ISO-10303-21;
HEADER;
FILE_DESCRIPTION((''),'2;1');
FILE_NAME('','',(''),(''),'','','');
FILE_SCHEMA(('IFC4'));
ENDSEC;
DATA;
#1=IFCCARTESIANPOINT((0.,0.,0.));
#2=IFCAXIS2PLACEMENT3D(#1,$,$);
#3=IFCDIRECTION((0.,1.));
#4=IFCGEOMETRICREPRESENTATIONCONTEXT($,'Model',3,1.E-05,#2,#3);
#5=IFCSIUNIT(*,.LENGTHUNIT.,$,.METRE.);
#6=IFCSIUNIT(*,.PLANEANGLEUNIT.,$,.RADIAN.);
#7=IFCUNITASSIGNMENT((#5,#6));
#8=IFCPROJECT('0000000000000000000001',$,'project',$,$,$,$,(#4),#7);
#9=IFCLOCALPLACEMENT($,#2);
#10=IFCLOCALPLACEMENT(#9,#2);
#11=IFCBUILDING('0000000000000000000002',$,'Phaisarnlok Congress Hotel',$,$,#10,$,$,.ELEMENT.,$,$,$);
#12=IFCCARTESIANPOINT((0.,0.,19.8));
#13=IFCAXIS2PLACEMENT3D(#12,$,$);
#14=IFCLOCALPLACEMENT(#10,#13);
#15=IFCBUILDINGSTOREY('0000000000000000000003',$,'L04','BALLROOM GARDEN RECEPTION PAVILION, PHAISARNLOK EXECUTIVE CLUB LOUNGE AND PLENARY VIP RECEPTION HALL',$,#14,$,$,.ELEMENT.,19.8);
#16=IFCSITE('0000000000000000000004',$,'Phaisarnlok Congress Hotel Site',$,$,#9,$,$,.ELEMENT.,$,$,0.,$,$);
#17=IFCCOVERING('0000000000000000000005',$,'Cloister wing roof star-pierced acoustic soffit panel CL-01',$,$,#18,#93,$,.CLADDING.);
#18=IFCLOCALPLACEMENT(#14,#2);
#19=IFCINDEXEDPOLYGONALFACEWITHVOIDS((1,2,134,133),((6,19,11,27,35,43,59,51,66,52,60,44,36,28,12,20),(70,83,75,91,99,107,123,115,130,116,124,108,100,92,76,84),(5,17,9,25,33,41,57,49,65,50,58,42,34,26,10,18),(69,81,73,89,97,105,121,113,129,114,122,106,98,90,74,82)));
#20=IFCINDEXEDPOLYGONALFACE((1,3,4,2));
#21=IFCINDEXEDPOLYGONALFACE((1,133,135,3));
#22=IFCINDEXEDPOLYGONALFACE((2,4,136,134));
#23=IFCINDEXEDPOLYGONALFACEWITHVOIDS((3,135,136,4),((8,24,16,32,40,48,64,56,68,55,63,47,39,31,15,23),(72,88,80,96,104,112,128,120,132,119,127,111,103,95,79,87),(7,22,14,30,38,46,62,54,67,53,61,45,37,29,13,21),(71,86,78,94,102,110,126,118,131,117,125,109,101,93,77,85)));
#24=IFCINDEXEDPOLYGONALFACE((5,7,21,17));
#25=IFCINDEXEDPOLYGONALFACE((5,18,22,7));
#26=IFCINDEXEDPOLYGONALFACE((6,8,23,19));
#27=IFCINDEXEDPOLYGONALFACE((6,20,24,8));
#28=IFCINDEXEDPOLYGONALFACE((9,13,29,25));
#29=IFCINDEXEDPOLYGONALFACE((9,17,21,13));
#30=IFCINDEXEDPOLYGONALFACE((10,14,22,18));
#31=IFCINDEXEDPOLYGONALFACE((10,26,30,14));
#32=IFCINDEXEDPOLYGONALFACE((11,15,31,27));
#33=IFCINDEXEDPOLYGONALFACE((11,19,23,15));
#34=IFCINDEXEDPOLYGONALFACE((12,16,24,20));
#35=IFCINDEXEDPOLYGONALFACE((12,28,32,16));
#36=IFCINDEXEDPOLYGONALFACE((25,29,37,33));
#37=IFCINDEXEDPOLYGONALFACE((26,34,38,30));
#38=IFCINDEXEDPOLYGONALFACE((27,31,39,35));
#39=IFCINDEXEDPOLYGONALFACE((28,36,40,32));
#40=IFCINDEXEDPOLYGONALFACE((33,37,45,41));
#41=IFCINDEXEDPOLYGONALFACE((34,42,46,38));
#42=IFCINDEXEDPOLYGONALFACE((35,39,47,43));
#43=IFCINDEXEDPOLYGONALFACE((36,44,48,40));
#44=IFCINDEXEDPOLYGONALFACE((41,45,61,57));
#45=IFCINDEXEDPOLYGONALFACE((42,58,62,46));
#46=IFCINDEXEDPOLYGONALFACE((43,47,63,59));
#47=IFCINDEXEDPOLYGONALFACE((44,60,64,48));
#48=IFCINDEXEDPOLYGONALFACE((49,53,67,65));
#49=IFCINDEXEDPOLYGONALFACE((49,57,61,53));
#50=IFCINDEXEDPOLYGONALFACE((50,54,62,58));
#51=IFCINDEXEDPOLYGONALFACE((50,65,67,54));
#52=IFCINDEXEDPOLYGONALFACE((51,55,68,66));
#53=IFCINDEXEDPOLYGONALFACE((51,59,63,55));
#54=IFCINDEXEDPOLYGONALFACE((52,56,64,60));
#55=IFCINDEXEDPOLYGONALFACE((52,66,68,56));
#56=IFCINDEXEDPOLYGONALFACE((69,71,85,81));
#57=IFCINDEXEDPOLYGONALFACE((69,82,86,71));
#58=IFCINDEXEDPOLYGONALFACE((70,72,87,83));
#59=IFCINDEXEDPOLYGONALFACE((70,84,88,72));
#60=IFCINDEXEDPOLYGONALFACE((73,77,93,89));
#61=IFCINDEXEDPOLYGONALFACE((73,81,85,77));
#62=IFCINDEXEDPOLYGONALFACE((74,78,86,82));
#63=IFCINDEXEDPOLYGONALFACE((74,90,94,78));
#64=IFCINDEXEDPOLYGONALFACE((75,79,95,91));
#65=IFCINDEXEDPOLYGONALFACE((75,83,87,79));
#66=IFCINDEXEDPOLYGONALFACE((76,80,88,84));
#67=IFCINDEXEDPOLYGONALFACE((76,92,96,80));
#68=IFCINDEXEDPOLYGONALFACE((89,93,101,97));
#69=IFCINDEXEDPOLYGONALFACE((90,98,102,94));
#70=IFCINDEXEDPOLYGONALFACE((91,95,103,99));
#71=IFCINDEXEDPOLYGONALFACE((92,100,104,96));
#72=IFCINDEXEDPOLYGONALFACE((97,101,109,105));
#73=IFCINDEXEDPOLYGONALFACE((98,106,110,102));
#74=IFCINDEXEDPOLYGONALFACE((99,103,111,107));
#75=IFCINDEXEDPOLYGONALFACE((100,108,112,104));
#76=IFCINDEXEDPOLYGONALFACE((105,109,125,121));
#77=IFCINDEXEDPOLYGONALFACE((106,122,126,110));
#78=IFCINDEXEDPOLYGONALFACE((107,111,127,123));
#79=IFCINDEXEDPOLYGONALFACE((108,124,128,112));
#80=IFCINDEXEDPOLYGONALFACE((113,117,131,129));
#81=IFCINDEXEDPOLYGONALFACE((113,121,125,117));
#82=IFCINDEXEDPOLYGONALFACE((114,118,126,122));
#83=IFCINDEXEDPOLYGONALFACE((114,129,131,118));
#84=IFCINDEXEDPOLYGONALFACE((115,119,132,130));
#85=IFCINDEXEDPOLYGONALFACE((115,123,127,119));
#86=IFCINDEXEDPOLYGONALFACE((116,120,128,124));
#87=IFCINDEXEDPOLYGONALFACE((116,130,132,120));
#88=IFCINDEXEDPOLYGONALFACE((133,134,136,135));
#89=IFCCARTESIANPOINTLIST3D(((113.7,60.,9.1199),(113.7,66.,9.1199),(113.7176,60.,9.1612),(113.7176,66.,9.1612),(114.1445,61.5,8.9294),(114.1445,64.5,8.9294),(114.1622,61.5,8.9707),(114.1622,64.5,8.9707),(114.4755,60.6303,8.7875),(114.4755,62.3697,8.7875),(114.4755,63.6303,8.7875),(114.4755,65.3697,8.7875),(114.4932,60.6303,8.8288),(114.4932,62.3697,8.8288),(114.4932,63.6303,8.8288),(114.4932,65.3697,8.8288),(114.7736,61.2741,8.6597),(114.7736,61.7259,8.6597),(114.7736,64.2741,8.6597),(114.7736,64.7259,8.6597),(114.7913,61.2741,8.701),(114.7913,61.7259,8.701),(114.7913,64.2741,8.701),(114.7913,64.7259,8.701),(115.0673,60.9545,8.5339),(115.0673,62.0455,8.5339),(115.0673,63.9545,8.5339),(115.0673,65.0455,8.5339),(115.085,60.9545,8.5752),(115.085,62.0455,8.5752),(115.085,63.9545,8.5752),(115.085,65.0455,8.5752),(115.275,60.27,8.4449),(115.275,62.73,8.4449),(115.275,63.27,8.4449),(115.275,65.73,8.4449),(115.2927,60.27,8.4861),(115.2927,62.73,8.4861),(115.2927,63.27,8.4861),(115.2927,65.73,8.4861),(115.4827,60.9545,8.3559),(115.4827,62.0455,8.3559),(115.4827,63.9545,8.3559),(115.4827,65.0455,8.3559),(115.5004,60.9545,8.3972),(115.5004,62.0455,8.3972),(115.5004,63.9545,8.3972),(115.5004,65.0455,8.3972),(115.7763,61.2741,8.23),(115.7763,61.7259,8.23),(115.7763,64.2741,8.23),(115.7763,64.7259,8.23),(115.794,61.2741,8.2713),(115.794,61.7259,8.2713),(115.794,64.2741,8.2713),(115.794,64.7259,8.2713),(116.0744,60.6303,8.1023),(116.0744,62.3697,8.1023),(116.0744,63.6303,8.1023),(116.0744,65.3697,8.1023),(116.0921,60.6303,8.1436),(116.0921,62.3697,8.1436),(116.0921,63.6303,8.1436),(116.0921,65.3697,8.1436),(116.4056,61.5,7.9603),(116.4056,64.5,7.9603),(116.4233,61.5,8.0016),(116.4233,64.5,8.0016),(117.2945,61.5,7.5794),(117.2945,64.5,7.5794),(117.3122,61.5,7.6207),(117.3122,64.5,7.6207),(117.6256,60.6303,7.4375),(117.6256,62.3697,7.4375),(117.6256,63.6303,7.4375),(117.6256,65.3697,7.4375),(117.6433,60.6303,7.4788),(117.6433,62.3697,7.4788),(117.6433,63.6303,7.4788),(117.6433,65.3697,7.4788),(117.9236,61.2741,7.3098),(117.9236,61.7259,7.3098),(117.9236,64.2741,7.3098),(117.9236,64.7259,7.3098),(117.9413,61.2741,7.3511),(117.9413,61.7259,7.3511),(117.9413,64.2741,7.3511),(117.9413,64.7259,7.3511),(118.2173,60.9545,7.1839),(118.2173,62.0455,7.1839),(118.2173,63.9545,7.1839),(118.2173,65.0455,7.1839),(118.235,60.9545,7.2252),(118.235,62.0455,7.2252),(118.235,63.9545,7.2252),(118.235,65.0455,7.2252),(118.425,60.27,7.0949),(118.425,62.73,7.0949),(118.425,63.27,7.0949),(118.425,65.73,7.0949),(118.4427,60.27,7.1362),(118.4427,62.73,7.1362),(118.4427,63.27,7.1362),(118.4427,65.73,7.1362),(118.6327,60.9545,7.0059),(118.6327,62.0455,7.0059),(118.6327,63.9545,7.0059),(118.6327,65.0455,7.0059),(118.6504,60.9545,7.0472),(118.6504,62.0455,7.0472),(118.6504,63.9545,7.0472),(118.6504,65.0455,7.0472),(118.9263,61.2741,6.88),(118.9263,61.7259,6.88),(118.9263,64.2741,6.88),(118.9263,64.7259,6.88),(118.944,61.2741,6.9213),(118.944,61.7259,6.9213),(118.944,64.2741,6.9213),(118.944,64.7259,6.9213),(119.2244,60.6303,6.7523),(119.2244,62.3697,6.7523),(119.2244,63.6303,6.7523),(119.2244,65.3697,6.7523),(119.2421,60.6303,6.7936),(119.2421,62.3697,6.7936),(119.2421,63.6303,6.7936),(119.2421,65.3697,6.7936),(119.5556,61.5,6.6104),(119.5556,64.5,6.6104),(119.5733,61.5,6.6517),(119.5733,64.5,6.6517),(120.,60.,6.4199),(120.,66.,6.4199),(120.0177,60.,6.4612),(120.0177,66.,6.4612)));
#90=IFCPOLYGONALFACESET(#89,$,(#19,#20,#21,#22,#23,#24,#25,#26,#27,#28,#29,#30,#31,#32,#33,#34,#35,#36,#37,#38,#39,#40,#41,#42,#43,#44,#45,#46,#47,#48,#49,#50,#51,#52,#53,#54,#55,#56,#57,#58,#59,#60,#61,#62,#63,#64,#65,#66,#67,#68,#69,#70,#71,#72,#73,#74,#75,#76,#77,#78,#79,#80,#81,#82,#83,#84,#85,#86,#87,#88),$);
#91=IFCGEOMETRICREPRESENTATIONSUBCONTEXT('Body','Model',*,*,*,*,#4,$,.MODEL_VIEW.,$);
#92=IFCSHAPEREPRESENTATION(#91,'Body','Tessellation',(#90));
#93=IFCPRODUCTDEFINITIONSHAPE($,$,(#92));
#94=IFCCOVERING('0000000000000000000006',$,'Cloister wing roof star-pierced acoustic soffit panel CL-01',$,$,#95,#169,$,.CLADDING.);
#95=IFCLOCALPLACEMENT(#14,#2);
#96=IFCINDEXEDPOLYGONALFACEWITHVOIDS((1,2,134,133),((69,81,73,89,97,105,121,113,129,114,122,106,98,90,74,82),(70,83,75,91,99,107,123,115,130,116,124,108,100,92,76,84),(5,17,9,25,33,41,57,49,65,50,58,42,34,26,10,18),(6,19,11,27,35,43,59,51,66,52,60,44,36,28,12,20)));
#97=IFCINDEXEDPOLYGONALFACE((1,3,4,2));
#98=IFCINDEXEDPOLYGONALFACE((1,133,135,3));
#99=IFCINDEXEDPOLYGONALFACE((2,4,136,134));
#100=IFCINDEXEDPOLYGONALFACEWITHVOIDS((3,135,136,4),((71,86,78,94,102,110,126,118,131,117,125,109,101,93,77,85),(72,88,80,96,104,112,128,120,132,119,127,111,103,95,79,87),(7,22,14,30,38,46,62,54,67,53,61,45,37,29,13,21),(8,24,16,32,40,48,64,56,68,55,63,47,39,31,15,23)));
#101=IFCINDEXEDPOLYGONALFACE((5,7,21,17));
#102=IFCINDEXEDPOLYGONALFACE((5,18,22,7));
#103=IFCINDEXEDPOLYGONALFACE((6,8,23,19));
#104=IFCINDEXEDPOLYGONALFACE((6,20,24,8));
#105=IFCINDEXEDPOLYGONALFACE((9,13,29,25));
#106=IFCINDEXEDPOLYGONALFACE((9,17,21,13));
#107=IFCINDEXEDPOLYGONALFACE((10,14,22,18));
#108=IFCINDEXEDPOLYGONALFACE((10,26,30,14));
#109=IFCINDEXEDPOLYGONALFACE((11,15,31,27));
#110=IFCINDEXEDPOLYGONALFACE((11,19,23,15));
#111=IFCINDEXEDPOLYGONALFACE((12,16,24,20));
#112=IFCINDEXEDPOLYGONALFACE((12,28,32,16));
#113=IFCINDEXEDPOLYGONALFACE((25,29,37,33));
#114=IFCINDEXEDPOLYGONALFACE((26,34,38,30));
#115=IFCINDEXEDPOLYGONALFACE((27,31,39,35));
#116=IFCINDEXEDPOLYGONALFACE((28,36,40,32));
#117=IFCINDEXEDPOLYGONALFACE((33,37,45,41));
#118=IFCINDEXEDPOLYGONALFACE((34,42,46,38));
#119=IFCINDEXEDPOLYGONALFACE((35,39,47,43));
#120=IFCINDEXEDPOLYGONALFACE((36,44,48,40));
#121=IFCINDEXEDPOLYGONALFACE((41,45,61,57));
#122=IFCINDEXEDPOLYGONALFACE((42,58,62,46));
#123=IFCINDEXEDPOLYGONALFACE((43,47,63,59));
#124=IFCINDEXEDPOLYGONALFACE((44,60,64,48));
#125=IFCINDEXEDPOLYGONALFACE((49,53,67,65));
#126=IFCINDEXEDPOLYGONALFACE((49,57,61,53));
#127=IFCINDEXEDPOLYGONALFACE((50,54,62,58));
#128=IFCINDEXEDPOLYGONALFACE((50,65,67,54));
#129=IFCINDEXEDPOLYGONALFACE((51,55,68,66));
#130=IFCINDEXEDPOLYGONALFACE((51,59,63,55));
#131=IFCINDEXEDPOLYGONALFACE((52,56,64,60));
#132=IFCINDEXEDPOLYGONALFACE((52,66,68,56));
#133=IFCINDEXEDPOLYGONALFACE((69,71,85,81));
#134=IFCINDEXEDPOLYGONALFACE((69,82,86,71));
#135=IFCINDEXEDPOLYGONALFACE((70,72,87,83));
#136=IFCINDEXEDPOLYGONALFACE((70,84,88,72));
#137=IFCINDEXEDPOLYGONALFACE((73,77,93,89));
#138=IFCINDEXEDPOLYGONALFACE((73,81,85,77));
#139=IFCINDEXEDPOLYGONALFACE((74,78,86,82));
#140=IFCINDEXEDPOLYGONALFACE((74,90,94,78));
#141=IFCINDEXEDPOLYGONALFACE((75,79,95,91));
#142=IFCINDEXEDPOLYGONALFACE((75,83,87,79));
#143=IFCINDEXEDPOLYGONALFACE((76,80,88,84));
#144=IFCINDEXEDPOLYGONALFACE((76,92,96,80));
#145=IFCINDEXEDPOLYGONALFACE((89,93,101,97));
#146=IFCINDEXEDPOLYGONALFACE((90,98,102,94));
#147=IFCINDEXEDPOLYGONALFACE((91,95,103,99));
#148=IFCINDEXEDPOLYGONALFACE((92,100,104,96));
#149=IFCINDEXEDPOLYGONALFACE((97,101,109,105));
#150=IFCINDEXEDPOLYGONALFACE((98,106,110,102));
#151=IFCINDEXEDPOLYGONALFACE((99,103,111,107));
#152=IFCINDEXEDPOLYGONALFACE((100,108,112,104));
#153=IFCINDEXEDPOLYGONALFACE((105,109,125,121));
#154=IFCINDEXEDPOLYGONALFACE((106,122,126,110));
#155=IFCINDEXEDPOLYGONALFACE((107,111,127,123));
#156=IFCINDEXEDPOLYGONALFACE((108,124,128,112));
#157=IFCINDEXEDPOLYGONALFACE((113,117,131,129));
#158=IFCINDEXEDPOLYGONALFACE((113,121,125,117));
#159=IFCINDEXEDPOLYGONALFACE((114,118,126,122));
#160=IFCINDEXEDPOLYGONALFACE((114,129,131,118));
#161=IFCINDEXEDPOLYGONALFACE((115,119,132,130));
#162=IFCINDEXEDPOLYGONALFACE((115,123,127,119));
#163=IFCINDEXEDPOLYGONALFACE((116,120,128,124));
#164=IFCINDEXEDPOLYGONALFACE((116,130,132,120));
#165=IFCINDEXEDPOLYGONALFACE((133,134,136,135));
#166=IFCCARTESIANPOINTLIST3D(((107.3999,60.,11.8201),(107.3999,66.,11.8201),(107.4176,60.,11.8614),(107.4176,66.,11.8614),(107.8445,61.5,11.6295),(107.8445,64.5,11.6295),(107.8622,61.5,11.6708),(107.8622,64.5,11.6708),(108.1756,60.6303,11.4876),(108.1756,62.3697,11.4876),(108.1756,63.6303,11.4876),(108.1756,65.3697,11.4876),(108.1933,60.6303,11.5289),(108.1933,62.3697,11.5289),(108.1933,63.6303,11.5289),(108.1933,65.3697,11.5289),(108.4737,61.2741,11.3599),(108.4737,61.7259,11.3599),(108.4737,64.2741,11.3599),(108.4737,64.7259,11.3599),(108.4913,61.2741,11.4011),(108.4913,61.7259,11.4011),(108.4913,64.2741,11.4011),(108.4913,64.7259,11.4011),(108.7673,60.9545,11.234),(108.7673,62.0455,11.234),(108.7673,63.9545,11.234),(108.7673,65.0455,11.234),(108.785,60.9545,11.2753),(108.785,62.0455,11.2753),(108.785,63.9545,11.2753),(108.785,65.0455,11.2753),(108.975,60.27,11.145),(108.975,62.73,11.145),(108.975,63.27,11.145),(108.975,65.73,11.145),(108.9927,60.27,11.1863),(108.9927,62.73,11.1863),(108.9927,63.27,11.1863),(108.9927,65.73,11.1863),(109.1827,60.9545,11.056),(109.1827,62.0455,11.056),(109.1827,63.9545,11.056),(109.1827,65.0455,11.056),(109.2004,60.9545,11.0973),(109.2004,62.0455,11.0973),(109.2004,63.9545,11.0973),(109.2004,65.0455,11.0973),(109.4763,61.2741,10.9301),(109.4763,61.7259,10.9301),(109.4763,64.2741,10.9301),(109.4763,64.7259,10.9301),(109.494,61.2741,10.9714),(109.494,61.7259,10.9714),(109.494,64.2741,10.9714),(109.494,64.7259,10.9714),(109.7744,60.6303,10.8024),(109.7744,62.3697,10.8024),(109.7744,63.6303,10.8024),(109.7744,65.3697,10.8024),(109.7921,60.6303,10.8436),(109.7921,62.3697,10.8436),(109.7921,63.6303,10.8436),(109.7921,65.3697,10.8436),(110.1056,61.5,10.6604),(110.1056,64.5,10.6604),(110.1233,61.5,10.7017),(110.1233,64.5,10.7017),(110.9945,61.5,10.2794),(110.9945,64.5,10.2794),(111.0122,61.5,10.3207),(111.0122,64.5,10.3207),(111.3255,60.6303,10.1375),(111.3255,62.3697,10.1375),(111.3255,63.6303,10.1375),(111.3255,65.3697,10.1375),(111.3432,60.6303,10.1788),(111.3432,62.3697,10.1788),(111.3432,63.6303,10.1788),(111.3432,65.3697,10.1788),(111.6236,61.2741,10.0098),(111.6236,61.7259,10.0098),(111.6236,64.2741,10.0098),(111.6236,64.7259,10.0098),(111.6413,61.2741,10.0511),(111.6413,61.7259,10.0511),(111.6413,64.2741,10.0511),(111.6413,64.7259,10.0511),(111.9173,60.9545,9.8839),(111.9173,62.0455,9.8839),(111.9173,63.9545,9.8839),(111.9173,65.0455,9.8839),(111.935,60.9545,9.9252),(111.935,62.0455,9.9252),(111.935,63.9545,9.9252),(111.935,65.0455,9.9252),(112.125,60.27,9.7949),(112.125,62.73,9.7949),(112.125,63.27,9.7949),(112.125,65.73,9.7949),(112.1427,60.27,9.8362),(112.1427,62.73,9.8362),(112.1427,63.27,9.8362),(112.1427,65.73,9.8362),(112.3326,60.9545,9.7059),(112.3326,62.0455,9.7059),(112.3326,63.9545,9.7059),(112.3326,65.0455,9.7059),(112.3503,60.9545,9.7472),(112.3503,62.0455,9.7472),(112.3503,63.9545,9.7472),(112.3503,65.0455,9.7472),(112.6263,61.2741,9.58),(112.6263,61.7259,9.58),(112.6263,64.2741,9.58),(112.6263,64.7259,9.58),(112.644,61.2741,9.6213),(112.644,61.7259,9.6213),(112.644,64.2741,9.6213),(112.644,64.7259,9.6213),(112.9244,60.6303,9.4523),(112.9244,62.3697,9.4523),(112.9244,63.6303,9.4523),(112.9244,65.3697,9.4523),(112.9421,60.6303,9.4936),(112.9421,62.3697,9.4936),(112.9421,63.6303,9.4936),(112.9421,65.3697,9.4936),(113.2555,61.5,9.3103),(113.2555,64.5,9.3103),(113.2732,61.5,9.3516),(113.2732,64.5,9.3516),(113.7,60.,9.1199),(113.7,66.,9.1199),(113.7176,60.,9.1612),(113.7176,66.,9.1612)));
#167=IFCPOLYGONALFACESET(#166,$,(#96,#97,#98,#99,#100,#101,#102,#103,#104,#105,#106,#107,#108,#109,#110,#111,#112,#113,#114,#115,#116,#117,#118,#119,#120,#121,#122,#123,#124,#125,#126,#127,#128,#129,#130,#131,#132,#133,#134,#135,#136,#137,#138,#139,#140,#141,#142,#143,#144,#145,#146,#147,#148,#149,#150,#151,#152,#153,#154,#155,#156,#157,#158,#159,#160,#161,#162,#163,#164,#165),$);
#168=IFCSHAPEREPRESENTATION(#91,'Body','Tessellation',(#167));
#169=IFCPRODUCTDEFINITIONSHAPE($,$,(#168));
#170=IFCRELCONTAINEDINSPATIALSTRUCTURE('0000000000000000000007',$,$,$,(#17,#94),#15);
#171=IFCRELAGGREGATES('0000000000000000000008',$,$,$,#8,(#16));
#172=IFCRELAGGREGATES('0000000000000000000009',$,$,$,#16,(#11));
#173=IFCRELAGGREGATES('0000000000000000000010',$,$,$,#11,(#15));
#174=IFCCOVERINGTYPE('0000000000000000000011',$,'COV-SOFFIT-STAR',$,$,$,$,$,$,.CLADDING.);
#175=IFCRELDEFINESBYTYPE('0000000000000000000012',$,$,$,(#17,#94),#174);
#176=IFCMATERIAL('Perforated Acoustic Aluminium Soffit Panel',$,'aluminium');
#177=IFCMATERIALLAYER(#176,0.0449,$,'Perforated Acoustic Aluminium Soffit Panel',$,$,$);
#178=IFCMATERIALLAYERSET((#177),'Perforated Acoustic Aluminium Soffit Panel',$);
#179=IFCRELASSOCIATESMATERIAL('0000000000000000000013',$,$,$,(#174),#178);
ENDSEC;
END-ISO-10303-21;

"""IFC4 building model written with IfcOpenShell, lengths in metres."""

from ifc_helpers import new_model, si_unit, direction, frame, origin, place, context, subcontext, project, spatial, polyline, outline, extrude, material, layer, layer_set, type_object, element, save


model = new_model("IFC4")

# Units and contexts
model_context = context("Model", 3, precision=1e-05, world=origin(), true_north=direction((0.0, 1.0)))
body_context = subcontext(model_context, "Body", "Model", "MODEL_VIEW")
ifc_project = project(units=[si_unit("LENGTHUNIT", "METRE"), si_unit("PLANEANGLEUNIT", "RADIAN")], contexts=[model_context])

# Site, building, storey
site_placement = place(None, origin())
site = spatial("IfcSite", under=ifc_project, at=site_placement, Name="Phaisarnlok Congress Hotel Site", CompositionType="ELEMENT", RefElevation=0.0)
building_placement = place(site_placement, origin())
building = spatial("IfcBuilding", under=site, at=building_placement, Name="Phaisarnlok Congress Hotel", CompositionType="ELEMENT")
storey_placement = place(building_placement, frame((0.0, 0.0, 19.8)))
storey = spatial("IfcBuildingStorey", under=building, at=storey_placement, Name="L04", Description="BALLROOM GARDEN RECEPTION PAVILION, PHAISARNLOK EXECUTIVE CLUB LOUNGE AND PLENARY VIP RECEPTION HALL", CompositionType="ELEMENT", Elevation=19.8)

# Coverings
ifc_material_1 = material(Name="Perforated Acoustic Aluminium Soffit Panel", Category="aluminium")
ifc_layer_1 = layer(ifc_material_1, 0.0449, Name="Perforated Acoustic Aluminium Soffit Panel")
ifc_layer_set_1 = layer_set([ifc_layer_1], Name="Perforated Acoustic Aluminium Soffit Panel")
covering_type = type_object("IfcCoveringType", Name="COV-SOFFIT-STAR", PredefinedType="CLADDING", material=ifc_layer_set_1)
covering_1_placement = place(storey_placement, frame((120.0, 60.0, 6.4199), z_axis=(0.393911, 0.0, 0.919149), x_axis=(0.0, 1.0, 0.0)))
element("IfcCovering", 1, at=covering_1_placement, inside=storey, type_object=covering_type, Name="Cloister wing roof star-pierced acoustic soffit panel CL-01", PredefinedType="CLADDING", context=body_context, shape_type="SweptSolid", body=[
    extrude(outline(polyline([(0.0, 0.0), (6.0, 0.0), (6.0, 6.8542), (0.0, 6.8542), (0.0, 0.0)]), holes=[polyline([(2.0455, 1.4876), (2.3697, 0.8438), (1.7259, 1.1681), (1.5, 0.4835), (1.2741, 1.1681), (0.6303, 0.8438), (0.9545, 1.4876), (0.27, 1.7135), (0.9545, 1.9395), (0.6303, 2.5833), (1.2741, 2.259), (1.5, 2.9435), (1.7259, 2.259), (2.3697, 2.5833), (2.0455, 1.9395), (2.73, 1.7135), (2.0455, 1.4876)]), polyline([(2.0455, 4.9147), (2.3697, 4.2709), (1.7259, 4.5952), (1.5, 3.9106), (1.2741, 4.5952), (0.6303, 4.2709), (0.9545, 4.9147), (0.27, 5.1406), (0.9545, 5.3666), (0.6303, 6.0104), (1.2741, 5.6861), (1.5, 6.3706), (1.7259, 5.6861), (2.3697, 6.0104), (2.0455, 5.3666), (2.73, 5.1406), (2.0455, 4.9147)]), polyline([(5.0455, 1.4876), (5.3697, 0.8438), (4.7259, 1.1681), (4.5, 0.4835), (4.2741, 1.1681), (3.6303, 0.8438), (3.9545, 1.4876), (3.27, 1.7135), (3.9545, 1.9395), (3.6303, 2.5833), (4.2741, 2.259), (4.5, 2.9435), (4.7259, 2.259), (5.3697, 2.5833), (5.0455, 1.9395), (5.73, 1.7135), (5.0455, 1.4876)]), polyline([(5.0455, 4.9147), (5.3697, 4.2709), (4.7259, 4.5952), (4.5, 3.9106), (4.2741, 4.5952), (3.6303, 4.2709), (3.9545, 4.9147), (3.27, 5.1406), (3.9545, 5.3666), (3.6303, 6.0104), (4.2741, 5.6861), (4.5, 6.3706), (4.7259, 5.6861), (5.3697, 6.0104), (5.0455, 5.3666), (5.73, 5.1406), (5.0455, 4.9147)])]), origin(), (0.0, 0.0, 1.0), 0.0449),
])
covering_2_placement = place(storey_placement, frame((113.7, 60.0, 9.1199), z_axis=(0.393941, 0.0, 0.919136), x_axis=(0.0, 1.0, 0.0)))
element("IfcCovering", 2, at=covering_2_placement, inside=storey, type_object=covering_type, Name="Cloister wing roof star-pierced acoustic soffit panel CL-01", PredefinedType="CLADDING", context=body_context, shape_type="SweptSolid", body=[
    extrude(outline(polyline([(0.0, 0.0), (6.0, 0.0), (6.0, 6.8543), (0.0, 6.8543), (0.0, 0.0)]), holes=[polyline([(2.0455, 1.4876), (2.3697, 0.8438), (1.7259, 1.1681), (1.5, 0.4835), (1.2741, 1.1681), (0.6303, 0.8438), (0.9545, 1.4876), (0.27, 1.7135), (0.9545, 1.9395), (0.6303, 2.5833), (1.2741, 2.259), (1.5, 2.9435), (1.7259, 2.259), (2.3697, 2.5833), (2.0455, 1.9395), (2.73, 1.7135), (2.0455, 1.4876)]), polyline([(2.0455, 4.9147), (2.3697, 4.2709), (1.7259, 4.5952), (1.5, 3.9106), (1.2741, 4.5952), (0.6303, 4.2709), (0.9545, 4.9147), (0.27, 5.1406), (0.9545, 5.3666), (0.6303, 6.0104), (1.2741, 5.6861), (1.5, 6.3706), (1.7259, 5.6861), (2.3697, 6.0104), (2.0455, 5.3666), (2.73, 5.1406), (2.0455, 4.9147)]), polyline([(5.0455, 1.4876), (5.3697, 0.8438), (4.7259, 1.1681), (4.5, 0.4835), (4.2741, 1.1681), (3.6303, 0.8438), (3.9545, 1.4876), (3.27, 1.7135), (3.9545, 1.9395), (3.6303, 2.5833), (4.2741, 2.259), (4.5, 2.9435), (4.7259, 2.259), (5.3697, 2.5833), (5.0455, 1.9395), (5.73, 1.7135), (5.0455, 1.4876)]), polyline([(5.0455, 4.9147), (5.3697, 4.2709), (4.7259, 4.5952), (4.5, 3.9106), (4.2741, 4.5952), (3.6303, 4.2709), (3.9545, 4.9147), (3.27, 5.1406), (3.9545, 5.3666), (3.6303, 6.0104), (4.2741, 5.6861), (4.5, 6.3706), (4.7259, 5.6861), (5.3697, 6.0104), (5.0455, 5.3666), (5.73, 5.1406), (5.0455, 4.9147)])]), origin(), (0.0, 0.0, 1.0), 0.0449),
])

save(model, "model.ifc")
